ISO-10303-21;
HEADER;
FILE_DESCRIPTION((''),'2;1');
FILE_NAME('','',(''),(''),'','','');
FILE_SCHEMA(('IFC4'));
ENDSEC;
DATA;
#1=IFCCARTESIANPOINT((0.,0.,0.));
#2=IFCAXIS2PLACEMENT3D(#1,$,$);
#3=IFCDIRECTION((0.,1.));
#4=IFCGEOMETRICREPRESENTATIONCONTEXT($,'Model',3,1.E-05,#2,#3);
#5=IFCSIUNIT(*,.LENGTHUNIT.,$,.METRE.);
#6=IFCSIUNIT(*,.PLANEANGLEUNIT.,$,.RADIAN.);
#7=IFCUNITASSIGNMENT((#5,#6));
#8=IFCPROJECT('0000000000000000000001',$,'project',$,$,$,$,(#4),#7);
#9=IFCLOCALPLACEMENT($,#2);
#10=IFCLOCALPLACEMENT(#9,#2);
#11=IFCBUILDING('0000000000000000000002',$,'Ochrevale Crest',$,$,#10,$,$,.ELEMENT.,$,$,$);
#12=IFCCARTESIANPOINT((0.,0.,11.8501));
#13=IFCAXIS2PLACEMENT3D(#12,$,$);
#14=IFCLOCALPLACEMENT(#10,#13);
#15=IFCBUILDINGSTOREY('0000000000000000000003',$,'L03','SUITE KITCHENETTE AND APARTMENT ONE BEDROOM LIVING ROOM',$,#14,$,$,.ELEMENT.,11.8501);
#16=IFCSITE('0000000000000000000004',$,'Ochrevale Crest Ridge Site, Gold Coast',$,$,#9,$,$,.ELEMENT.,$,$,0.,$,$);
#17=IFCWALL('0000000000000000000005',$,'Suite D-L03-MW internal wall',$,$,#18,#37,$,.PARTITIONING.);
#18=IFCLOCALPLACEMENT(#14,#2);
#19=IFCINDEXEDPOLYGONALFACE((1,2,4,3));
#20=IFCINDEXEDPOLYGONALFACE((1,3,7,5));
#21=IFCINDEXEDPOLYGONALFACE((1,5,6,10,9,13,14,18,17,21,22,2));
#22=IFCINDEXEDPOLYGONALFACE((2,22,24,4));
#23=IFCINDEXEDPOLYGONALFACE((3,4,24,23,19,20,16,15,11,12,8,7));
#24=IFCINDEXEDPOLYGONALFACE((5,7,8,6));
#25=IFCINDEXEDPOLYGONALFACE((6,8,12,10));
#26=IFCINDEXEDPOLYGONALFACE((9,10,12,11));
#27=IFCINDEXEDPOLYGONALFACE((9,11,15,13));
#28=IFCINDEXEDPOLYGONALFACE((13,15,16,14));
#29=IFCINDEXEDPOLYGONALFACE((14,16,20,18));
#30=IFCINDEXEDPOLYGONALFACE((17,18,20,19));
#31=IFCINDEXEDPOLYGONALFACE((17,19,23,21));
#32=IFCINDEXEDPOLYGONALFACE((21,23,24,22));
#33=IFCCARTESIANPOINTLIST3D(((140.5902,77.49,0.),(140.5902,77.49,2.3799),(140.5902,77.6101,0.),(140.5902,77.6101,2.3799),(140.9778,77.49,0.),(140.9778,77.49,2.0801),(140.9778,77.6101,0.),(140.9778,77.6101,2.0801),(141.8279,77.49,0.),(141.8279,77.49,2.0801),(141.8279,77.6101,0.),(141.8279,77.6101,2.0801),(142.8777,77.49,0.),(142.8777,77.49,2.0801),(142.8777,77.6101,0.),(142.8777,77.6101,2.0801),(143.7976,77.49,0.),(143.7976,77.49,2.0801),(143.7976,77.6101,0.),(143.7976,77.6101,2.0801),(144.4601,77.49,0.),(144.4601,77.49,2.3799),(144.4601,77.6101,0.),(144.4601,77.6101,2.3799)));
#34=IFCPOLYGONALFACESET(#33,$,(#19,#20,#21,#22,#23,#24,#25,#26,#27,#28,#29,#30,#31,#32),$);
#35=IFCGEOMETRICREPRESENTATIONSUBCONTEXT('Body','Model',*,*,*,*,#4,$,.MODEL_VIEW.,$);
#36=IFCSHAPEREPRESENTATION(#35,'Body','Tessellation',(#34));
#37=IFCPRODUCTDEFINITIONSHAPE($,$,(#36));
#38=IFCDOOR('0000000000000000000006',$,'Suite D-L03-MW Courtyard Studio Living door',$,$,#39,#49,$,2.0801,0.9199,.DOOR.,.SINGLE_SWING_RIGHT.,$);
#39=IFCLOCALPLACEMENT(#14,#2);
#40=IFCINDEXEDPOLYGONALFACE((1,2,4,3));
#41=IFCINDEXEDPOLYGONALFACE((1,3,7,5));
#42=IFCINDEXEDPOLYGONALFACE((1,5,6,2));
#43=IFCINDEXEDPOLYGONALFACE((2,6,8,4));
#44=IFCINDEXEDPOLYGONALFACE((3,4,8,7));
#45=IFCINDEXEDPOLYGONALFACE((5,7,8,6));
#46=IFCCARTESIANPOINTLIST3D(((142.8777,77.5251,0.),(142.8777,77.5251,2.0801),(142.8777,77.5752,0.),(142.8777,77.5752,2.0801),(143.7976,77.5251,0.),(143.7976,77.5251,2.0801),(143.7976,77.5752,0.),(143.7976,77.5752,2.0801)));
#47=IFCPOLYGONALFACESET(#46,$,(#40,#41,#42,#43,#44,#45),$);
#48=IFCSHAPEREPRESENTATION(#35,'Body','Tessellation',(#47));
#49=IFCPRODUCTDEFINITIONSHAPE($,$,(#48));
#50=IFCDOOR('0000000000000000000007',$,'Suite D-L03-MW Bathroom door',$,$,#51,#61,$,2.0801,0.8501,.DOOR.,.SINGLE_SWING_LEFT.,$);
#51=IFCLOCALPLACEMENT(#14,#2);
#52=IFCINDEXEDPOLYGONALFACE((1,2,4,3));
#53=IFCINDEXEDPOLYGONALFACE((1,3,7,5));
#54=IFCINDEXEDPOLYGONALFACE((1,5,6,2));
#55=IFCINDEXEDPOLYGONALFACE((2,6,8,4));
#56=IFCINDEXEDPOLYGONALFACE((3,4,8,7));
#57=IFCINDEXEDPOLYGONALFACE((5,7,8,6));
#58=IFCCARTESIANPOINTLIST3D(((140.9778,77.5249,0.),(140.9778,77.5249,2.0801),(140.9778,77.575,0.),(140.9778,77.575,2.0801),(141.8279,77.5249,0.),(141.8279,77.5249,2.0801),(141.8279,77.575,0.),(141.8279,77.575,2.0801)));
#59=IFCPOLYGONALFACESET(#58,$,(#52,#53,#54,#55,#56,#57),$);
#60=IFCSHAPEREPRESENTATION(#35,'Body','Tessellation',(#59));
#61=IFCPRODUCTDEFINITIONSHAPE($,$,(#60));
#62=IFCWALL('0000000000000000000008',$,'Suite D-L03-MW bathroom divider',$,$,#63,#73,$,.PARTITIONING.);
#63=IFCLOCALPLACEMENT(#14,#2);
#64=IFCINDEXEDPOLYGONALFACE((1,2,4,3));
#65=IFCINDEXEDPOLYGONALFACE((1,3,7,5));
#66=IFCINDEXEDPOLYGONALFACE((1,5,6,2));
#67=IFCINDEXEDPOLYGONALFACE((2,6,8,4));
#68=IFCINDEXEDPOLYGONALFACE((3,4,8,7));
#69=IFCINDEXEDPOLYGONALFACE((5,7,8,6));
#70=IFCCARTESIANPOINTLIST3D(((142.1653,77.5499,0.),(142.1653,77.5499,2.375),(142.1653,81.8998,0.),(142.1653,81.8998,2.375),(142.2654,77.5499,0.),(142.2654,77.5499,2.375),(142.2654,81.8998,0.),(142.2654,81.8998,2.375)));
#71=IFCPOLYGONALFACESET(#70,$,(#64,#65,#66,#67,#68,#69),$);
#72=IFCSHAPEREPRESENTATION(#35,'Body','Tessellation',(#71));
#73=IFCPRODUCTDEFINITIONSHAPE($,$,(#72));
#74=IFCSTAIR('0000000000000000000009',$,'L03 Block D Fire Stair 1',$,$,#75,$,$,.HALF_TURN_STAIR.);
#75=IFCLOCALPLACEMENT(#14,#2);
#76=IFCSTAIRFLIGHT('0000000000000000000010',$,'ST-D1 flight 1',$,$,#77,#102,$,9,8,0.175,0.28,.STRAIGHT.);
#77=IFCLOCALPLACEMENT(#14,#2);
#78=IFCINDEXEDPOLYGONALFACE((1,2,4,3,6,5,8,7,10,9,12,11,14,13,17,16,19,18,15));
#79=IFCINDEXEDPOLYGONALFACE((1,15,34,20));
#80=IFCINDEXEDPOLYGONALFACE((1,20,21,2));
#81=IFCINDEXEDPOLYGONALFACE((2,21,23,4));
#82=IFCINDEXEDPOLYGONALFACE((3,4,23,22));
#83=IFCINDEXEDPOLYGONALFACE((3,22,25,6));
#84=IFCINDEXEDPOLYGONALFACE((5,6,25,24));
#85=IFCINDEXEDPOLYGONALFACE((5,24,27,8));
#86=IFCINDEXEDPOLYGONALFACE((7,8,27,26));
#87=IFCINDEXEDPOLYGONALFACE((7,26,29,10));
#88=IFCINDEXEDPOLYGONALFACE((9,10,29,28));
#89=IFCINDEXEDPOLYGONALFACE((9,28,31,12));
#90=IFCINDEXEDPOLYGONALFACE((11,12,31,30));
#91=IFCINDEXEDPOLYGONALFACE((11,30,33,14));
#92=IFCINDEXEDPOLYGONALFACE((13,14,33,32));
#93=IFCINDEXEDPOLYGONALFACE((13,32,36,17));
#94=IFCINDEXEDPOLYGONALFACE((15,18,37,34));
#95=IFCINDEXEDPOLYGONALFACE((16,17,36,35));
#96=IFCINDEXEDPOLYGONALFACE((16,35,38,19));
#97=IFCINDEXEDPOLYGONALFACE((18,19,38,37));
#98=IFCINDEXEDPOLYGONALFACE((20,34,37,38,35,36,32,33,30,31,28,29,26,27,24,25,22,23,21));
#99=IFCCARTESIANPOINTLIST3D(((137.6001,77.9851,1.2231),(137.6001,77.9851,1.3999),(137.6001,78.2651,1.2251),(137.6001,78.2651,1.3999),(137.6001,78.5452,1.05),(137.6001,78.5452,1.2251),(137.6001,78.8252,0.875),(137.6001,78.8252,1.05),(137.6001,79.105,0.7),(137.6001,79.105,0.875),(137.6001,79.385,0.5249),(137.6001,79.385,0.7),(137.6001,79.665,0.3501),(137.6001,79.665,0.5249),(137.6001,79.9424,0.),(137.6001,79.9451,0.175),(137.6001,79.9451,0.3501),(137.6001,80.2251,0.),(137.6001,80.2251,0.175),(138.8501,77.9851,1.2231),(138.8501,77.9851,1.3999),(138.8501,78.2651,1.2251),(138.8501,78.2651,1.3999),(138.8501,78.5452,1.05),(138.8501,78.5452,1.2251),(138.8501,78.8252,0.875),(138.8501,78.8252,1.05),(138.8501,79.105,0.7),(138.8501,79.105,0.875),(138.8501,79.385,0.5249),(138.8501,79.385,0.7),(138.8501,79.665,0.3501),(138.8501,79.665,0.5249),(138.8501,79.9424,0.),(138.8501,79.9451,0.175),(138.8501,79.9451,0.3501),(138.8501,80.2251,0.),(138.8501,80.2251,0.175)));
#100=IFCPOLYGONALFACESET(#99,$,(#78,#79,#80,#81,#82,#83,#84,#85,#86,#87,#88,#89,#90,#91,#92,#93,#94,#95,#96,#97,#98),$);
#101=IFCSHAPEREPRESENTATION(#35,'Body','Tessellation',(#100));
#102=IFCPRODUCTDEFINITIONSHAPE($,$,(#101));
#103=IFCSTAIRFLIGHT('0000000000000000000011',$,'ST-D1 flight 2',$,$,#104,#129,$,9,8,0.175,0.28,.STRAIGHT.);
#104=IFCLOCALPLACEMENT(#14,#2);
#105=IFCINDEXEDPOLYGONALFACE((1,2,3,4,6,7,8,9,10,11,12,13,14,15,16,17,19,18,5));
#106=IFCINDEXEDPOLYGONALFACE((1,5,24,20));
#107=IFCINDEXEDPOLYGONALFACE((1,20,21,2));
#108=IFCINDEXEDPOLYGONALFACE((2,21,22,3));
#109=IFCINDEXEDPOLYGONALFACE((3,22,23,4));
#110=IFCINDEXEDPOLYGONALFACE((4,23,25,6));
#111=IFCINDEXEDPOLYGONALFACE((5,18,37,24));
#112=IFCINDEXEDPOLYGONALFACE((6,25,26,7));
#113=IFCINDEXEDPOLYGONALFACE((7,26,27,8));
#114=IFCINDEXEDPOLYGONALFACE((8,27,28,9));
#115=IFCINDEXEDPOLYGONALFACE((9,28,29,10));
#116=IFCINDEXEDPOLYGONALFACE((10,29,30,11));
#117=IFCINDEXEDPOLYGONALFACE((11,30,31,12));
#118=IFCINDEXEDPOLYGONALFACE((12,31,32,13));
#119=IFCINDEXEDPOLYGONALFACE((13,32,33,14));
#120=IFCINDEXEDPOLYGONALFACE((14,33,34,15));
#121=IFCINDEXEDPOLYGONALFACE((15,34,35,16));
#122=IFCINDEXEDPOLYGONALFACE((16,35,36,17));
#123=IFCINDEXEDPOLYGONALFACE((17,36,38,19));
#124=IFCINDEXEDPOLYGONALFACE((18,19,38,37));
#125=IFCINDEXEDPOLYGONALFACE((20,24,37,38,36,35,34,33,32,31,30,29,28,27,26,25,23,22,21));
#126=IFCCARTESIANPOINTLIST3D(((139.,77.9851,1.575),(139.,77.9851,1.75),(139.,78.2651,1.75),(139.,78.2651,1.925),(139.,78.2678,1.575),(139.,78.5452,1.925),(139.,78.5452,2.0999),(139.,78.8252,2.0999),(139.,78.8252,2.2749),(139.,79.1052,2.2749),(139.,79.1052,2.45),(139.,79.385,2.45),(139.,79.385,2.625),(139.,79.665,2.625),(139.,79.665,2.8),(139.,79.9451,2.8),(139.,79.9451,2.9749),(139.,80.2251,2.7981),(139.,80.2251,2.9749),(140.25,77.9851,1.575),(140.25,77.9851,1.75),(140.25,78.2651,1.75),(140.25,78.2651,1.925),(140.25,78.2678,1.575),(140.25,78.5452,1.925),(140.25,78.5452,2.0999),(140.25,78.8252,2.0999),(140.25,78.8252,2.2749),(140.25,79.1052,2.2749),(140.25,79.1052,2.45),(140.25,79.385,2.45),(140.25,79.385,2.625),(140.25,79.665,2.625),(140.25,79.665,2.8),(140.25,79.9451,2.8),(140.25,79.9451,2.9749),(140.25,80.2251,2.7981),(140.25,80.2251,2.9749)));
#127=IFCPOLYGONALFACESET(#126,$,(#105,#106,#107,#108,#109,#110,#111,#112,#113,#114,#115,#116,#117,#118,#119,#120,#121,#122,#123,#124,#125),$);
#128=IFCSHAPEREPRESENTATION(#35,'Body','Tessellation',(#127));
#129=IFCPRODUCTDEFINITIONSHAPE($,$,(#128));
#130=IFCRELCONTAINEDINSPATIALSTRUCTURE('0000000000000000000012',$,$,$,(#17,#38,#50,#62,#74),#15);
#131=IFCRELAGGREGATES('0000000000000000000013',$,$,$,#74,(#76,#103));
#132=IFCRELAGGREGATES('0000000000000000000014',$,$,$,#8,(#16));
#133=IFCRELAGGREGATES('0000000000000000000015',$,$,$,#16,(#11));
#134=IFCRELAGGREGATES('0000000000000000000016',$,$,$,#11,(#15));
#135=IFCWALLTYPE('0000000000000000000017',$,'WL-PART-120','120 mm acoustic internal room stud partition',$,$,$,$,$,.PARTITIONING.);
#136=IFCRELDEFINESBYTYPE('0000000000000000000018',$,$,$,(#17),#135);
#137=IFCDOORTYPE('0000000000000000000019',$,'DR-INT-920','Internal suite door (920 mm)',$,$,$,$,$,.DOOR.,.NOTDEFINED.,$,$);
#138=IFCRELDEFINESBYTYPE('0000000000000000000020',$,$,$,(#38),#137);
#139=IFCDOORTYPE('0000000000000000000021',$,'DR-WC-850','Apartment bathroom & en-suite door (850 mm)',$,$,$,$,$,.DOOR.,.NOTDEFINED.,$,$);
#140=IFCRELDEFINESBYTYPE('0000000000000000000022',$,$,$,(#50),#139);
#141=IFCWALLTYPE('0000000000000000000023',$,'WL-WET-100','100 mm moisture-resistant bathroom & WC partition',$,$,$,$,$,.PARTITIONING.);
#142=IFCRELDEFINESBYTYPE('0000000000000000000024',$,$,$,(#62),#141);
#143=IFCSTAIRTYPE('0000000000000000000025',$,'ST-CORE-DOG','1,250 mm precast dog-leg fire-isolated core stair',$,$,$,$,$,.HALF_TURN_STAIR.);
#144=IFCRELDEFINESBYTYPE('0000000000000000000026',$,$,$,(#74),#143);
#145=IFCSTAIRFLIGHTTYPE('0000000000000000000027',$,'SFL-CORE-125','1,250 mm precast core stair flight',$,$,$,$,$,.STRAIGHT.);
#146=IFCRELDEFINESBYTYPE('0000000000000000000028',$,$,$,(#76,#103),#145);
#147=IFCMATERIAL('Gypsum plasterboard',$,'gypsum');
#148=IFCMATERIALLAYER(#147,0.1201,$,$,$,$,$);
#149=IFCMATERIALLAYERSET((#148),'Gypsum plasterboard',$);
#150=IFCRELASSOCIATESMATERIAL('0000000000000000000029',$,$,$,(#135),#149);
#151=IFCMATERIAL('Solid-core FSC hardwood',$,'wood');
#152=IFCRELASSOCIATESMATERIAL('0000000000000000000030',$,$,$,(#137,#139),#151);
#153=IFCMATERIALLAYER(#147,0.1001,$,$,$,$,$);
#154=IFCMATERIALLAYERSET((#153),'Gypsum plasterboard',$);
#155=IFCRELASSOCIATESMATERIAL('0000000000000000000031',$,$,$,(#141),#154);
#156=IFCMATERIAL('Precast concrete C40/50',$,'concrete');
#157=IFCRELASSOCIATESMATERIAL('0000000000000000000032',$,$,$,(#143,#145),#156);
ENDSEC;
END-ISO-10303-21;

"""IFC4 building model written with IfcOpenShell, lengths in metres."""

from ifc_helpers import new_model, si_unit, direction, frame, frame_2d, origin, place, context, subcontext, project, spatial, polyline, rectangle, outline, extrude, material, layer, layer_set, type_object, element, fill, aggregate, save


model = new_model("IFC4")

# Units and contexts
model_context = context("Model", 3, precision=1e-05, world=origin(), true_north=direction((0.0, 1.0)))
body_context = subcontext(model_context, "Body", "Model", "MODEL_VIEW")
ifc_project = project(units=[si_unit("LENGTHUNIT", "METRE"), si_unit("PLANEANGLEUNIT", "RADIAN")], contexts=[model_context])

# Site, building, storey
site_placement = place(None, origin())
site = spatial("IfcSite", under=ifc_project, at=site_placement, Name="Ochrevale Crest Ridge Site, Gold Coast", CompositionType="ELEMENT", RefElevation=0.0)
building_placement = place(site_placement, origin())
building = spatial("IfcBuilding", under=site, at=building_placement, Name="Ochrevale Crest", CompositionType="ELEMENT")
storey_placement = place(building_placement, frame((0.0, 0.0, 11.8501)))
storey = spatial("IfcBuildingStorey", under=building, at=storey_placement, Name="L03", Description="SUITE KITCHENETTE AND APARTMENT ONE BEDROOM LIVING ROOM", CompositionType="ELEMENT", Elevation=11.8501)

# Shared definitions
ifc_material_1 = material(Name="Precast concrete C40/50", Category="concrete")

# Wall, openings, doors
ifc_material_2 = material(Name="Gypsum plasterboard", Category="gypsum")
ifc_layer_1 = layer(ifc_material_2, 0.1201)
ifc_layer_set_1 = layer_set([ifc_layer_1], Name="Gypsum plasterboard")
wall_type_1 = type_object("IfcWallType", Name="WL-PART-120", Description="120 mm acoustic internal room stud partition", PredefinedType="PARTITIONING", material=ifc_layer_set_1)
wall_1_placement = place(storey_placement, frame((140.5901, 77.55, 0.0), z_axis=(0.0, 0.0, 1.0), x_axis=(1.0, 0.0, 0.0)))
wall_1 = element("IfcWall", 1, at=wall_1_placement, inside=storey, type_object=wall_type_1, Name="Suite D-L03-MW internal wall", PredefinedType="PARTITIONING", context=body_context, shape_type="SweptSolid", body=[
    extrude(rectangle(XDim=3.8699, YDim=0.1201, at=frame_2d((1.9351, 0.0))), origin(), (0.0, 0.0, 1.0), 2.3799),
])
opening_1_placement = place(wall_1_placement, frame((0.3877, 0.0, 0.0)))
opening_1 = element("IfcOpeningElement", 2, at=opening_1_placement, cuts=wall_1, PredefinedType="OPENING", context=body_context, shape_type="SweptSolid", body=[
    extrude(rectangle(XDim=0.8501, YDim=2.0801, at=frame_2d((0.425, 1.04))), frame((0.0, 0.0701, 0.0), z_axis=(0.0, -1.0, 0.0), x_axis=(1.0, 0.0, 0.0)), (0.0, 0.0, 1.0), 0.1401),
])
opening_2_placement = place(wall_1_placement, frame((3.2075, 0.0, 0.0), z_axis=(0.0, 0.0, 1.0), x_axis=(-1.0, 0.0, 0.0)))
opening_2 = element("IfcOpeningElement", 3, at=opening_2_placement, cuts=wall_1, PredefinedType="OPENING", context=body_context, shape_type="SweptSolid", body=[
    extrude(rectangle(XDim=0.9199, YDim=2.0801, at=frame_2d((0.46, 1.04))), frame((0.0, 0.0701, 0.0), z_axis=(0.0, -1.0, 0.0), x_axis=(1.0, 0.0, 0.0)), (0.0, 0.0, 1.0), 0.1401),
])
ifc_material_3 = material(Name="Solid-core FSC hardwood", Category="wood")
door_type_1 = type_object("IfcDoorType", Name="DR-INT-920", Description="Internal suite door (920 mm)", OperationType="NOTDEFINED", PredefinedType="DOOR", material=ifc_material_3)
door_1_placement = place(opening_2_placement, origin())
door_1 = element("IfcDoor", 4, at=door_1_placement, inside=storey, type_object=door_type_1, Name="Suite D-L03-MW Courtyard Studio Living door", OperationType="SINGLE_SWING_RIGHT", OverallHeight=2.0801, OverallWidth=0.9199, PredefinedType="DOOR", context=body_context, shape_type="SweptSolid", body=[
    extrude(rectangle(XDim=0.9199, YDim=2.0801, at=frame_2d((0.46, 1.04))), frame((0.0, 0.0249, 0.0), z_axis=(0.0, -1.0, 0.0), x_axis=(1.0, 0.0, 0.0)), (0.0, 0.0, 1.0), 0.05),
])
fill(opening_2, door_1)
door_type_2 = type_object("IfcDoorType", Name="DR-WC-850", Description="Apartment bathroom & en-suite door (850 mm)", OperationType="NOTDEFINED", PredefinedType="DOOR", material=ifc_material_3)
door_2_placement = place(opening_1_placement, origin())
door_2 = element("IfcDoor", 5, at=door_2_placement, inside=storey, type_object=door_type_2, Name="Suite D-L03-MW Bathroom door", OperationType="SINGLE_SWING_LEFT", OverallHeight=2.0801, OverallWidth=0.8501, PredefinedType="DOOR", context=body_context, shape_type="SweptSolid", body=[
    extrude(rectangle(XDim=0.8501, YDim=2.0801, at=frame_2d((0.425, 1.04))), frame((0.0, 0.0249, 0.0), z_axis=(0.0, -1.0, 0.0), x_axis=(1.0, 0.0, 0.0)), (0.0, 0.0, 1.0), 0.05),
])
fill(opening_1, door_2)

# Wall
ifc_layer_2 = layer(ifc_material_2, 0.1001)
ifc_layer_set_2 = layer_set([ifc_layer_2], Name="Gypsum plasterboard")
wall_type_2 = type_object("IfcWallType", Name="WL-WET-100", Description="100 mm moisture-resistant bathroom & WC partition", PredefinedType="PARTITIONING", material=ifc_layer_set_2)
wall_2_placement = place(storey_placement, frame((142.2153, 77.55, 0.0), z_axis=(0.0, 0.0, 1.0), x_axis=(0.0, 1.0, 0.0)))
element("IfcWall", 6, at=wall_2_placement, inside=storey, type_object=wall_type_2, Name="Suite D-L03-MW bathroom divider", PredefinedType="PARTITIONING", context=body_context, shape_type="SweptSolid", body=[
    extrude(rectangle(XDim=4.3499, YDim=0.1001, at=frame_2d((2.1748, 0.0))), origin(), (0.0, 0.0, 1.0), 2.375),
])

# Stair, stair flights
stair_type = type_object("IfcStairType", Name="ST-CORE-DOG", Description="1,250 mm precast dog-leg fire-isolated core stair", PredefinedType="HALF_TURN_STAIR", material=ifc_material_1)
stair_placement = place(storey_placement, origin())
stair = element("IfcStair", 7, at=stair_placement, inside=storey, type_object=stair_type, Name="L03 Block D Fire Stair 1", PredefinedType="HALF_TURN_STAIR")
stair_flight_type = type_object("IfcStairFlightType", Name="SFL-CORE-125", Description="1,250 mm precast core stair flight", PredefinedType="STRAIGHT", material=ifc_material_1)
stair_flight_1_placement = place(storey_placement, frame((138.2251, 80.2251, 0.0), z_axis=(0.0, 0.0, 1.0), x_axis=(0.0, -1.0, 0.0)))
stair_flight_1 = element("IfcStairFlight", 8, at=stair_flight_1_placement, type_object=stair_flight_type, Name="ST-D1 flight 1", NumberOfRisers=9, NumberOfTreads=8, PredefinedType="STRAIGHT", RiserHeight=0.175, TreadLength=0.28, context=body_context, shape_type="SweptSolid", body=[
    extrude(outline(polyline([(0.0, 0.0), (0.0, 0.175), (0.28, 0.175), (0.28, 0.3501), (0.5601, 0.3501), (0.5601, 0.5249), (0.8401, 0.5249), (0.8401, 0.7), (1.1201, 0.7), (1.1201, 0.875), (1.3999, 0.875), (1.3999, 1.05), (1.6799, 1.05), (1.6799, 1.2251), (1.96, 1.2251), (1.96, 1.3999), (2.24, 1.3999), (2.24, 1.575), (2.24, 1.2231), (0.2827, 0.0), (0.0, 0.0)])), frame((0.0, 0.625, 0.0), z_axis=(0.0, -1.0, 0.0), x_axis=(1.0, 0.0, 0.0)), (0.0, 0.0, 1.0), 1.25),
])
stair_flight_2_placement = place(storey_placement, frame((139.625, 77.9851, 1.575), z_axis=(0.0, 0.0, 1.0), x_axis=(0.0, 1.0, 0.0)))
stair_flight_2 = element("IfcStairFlight", 9, at=stair_flight_2_placement, type_object=stair_flight_type, Name="ST-D1 flight 2", NumberOfRisers=9, NumberOfTreads=8, PredefinedType="STRAIGHT", RiserHeight=0.175, TreadLength=0.28, context=body_context, shape_type="SweptSolid", body=[
    extrude(outline(polyline([(0.0, 0.0), (0.0, 0.175), (0.28, 0.175), (0.28, 0.3501), (0.5601, 0.3501), (0.5601, 0.5249), (0.8401, 0.5249), (0.8401, 0.7), (1.1201, 0.7), (1.1201, 0.875), (1.3999, 0.875), (1.3999, 1.05), (1.6799, 1.05), (1.6799, 1.2251), (1.96, 1.2251), (1.96, 1.3999), (2.24, 1.3999), (2.24, 1.575), (2.24, 1.2231), (0.2827, 0.0), (0.0, 0.0)])), frame((0.0, 0.625, 0.0), z_axis=(0.0, -1.0, 0.0), x_axis=(1.0, 0.0, 0.0)), (0.0, 0.0, 1.0), 1.25),
])
aggregate(stair, [stair_flight_1, stair_flight_2])

save(model, "model.ifc")
